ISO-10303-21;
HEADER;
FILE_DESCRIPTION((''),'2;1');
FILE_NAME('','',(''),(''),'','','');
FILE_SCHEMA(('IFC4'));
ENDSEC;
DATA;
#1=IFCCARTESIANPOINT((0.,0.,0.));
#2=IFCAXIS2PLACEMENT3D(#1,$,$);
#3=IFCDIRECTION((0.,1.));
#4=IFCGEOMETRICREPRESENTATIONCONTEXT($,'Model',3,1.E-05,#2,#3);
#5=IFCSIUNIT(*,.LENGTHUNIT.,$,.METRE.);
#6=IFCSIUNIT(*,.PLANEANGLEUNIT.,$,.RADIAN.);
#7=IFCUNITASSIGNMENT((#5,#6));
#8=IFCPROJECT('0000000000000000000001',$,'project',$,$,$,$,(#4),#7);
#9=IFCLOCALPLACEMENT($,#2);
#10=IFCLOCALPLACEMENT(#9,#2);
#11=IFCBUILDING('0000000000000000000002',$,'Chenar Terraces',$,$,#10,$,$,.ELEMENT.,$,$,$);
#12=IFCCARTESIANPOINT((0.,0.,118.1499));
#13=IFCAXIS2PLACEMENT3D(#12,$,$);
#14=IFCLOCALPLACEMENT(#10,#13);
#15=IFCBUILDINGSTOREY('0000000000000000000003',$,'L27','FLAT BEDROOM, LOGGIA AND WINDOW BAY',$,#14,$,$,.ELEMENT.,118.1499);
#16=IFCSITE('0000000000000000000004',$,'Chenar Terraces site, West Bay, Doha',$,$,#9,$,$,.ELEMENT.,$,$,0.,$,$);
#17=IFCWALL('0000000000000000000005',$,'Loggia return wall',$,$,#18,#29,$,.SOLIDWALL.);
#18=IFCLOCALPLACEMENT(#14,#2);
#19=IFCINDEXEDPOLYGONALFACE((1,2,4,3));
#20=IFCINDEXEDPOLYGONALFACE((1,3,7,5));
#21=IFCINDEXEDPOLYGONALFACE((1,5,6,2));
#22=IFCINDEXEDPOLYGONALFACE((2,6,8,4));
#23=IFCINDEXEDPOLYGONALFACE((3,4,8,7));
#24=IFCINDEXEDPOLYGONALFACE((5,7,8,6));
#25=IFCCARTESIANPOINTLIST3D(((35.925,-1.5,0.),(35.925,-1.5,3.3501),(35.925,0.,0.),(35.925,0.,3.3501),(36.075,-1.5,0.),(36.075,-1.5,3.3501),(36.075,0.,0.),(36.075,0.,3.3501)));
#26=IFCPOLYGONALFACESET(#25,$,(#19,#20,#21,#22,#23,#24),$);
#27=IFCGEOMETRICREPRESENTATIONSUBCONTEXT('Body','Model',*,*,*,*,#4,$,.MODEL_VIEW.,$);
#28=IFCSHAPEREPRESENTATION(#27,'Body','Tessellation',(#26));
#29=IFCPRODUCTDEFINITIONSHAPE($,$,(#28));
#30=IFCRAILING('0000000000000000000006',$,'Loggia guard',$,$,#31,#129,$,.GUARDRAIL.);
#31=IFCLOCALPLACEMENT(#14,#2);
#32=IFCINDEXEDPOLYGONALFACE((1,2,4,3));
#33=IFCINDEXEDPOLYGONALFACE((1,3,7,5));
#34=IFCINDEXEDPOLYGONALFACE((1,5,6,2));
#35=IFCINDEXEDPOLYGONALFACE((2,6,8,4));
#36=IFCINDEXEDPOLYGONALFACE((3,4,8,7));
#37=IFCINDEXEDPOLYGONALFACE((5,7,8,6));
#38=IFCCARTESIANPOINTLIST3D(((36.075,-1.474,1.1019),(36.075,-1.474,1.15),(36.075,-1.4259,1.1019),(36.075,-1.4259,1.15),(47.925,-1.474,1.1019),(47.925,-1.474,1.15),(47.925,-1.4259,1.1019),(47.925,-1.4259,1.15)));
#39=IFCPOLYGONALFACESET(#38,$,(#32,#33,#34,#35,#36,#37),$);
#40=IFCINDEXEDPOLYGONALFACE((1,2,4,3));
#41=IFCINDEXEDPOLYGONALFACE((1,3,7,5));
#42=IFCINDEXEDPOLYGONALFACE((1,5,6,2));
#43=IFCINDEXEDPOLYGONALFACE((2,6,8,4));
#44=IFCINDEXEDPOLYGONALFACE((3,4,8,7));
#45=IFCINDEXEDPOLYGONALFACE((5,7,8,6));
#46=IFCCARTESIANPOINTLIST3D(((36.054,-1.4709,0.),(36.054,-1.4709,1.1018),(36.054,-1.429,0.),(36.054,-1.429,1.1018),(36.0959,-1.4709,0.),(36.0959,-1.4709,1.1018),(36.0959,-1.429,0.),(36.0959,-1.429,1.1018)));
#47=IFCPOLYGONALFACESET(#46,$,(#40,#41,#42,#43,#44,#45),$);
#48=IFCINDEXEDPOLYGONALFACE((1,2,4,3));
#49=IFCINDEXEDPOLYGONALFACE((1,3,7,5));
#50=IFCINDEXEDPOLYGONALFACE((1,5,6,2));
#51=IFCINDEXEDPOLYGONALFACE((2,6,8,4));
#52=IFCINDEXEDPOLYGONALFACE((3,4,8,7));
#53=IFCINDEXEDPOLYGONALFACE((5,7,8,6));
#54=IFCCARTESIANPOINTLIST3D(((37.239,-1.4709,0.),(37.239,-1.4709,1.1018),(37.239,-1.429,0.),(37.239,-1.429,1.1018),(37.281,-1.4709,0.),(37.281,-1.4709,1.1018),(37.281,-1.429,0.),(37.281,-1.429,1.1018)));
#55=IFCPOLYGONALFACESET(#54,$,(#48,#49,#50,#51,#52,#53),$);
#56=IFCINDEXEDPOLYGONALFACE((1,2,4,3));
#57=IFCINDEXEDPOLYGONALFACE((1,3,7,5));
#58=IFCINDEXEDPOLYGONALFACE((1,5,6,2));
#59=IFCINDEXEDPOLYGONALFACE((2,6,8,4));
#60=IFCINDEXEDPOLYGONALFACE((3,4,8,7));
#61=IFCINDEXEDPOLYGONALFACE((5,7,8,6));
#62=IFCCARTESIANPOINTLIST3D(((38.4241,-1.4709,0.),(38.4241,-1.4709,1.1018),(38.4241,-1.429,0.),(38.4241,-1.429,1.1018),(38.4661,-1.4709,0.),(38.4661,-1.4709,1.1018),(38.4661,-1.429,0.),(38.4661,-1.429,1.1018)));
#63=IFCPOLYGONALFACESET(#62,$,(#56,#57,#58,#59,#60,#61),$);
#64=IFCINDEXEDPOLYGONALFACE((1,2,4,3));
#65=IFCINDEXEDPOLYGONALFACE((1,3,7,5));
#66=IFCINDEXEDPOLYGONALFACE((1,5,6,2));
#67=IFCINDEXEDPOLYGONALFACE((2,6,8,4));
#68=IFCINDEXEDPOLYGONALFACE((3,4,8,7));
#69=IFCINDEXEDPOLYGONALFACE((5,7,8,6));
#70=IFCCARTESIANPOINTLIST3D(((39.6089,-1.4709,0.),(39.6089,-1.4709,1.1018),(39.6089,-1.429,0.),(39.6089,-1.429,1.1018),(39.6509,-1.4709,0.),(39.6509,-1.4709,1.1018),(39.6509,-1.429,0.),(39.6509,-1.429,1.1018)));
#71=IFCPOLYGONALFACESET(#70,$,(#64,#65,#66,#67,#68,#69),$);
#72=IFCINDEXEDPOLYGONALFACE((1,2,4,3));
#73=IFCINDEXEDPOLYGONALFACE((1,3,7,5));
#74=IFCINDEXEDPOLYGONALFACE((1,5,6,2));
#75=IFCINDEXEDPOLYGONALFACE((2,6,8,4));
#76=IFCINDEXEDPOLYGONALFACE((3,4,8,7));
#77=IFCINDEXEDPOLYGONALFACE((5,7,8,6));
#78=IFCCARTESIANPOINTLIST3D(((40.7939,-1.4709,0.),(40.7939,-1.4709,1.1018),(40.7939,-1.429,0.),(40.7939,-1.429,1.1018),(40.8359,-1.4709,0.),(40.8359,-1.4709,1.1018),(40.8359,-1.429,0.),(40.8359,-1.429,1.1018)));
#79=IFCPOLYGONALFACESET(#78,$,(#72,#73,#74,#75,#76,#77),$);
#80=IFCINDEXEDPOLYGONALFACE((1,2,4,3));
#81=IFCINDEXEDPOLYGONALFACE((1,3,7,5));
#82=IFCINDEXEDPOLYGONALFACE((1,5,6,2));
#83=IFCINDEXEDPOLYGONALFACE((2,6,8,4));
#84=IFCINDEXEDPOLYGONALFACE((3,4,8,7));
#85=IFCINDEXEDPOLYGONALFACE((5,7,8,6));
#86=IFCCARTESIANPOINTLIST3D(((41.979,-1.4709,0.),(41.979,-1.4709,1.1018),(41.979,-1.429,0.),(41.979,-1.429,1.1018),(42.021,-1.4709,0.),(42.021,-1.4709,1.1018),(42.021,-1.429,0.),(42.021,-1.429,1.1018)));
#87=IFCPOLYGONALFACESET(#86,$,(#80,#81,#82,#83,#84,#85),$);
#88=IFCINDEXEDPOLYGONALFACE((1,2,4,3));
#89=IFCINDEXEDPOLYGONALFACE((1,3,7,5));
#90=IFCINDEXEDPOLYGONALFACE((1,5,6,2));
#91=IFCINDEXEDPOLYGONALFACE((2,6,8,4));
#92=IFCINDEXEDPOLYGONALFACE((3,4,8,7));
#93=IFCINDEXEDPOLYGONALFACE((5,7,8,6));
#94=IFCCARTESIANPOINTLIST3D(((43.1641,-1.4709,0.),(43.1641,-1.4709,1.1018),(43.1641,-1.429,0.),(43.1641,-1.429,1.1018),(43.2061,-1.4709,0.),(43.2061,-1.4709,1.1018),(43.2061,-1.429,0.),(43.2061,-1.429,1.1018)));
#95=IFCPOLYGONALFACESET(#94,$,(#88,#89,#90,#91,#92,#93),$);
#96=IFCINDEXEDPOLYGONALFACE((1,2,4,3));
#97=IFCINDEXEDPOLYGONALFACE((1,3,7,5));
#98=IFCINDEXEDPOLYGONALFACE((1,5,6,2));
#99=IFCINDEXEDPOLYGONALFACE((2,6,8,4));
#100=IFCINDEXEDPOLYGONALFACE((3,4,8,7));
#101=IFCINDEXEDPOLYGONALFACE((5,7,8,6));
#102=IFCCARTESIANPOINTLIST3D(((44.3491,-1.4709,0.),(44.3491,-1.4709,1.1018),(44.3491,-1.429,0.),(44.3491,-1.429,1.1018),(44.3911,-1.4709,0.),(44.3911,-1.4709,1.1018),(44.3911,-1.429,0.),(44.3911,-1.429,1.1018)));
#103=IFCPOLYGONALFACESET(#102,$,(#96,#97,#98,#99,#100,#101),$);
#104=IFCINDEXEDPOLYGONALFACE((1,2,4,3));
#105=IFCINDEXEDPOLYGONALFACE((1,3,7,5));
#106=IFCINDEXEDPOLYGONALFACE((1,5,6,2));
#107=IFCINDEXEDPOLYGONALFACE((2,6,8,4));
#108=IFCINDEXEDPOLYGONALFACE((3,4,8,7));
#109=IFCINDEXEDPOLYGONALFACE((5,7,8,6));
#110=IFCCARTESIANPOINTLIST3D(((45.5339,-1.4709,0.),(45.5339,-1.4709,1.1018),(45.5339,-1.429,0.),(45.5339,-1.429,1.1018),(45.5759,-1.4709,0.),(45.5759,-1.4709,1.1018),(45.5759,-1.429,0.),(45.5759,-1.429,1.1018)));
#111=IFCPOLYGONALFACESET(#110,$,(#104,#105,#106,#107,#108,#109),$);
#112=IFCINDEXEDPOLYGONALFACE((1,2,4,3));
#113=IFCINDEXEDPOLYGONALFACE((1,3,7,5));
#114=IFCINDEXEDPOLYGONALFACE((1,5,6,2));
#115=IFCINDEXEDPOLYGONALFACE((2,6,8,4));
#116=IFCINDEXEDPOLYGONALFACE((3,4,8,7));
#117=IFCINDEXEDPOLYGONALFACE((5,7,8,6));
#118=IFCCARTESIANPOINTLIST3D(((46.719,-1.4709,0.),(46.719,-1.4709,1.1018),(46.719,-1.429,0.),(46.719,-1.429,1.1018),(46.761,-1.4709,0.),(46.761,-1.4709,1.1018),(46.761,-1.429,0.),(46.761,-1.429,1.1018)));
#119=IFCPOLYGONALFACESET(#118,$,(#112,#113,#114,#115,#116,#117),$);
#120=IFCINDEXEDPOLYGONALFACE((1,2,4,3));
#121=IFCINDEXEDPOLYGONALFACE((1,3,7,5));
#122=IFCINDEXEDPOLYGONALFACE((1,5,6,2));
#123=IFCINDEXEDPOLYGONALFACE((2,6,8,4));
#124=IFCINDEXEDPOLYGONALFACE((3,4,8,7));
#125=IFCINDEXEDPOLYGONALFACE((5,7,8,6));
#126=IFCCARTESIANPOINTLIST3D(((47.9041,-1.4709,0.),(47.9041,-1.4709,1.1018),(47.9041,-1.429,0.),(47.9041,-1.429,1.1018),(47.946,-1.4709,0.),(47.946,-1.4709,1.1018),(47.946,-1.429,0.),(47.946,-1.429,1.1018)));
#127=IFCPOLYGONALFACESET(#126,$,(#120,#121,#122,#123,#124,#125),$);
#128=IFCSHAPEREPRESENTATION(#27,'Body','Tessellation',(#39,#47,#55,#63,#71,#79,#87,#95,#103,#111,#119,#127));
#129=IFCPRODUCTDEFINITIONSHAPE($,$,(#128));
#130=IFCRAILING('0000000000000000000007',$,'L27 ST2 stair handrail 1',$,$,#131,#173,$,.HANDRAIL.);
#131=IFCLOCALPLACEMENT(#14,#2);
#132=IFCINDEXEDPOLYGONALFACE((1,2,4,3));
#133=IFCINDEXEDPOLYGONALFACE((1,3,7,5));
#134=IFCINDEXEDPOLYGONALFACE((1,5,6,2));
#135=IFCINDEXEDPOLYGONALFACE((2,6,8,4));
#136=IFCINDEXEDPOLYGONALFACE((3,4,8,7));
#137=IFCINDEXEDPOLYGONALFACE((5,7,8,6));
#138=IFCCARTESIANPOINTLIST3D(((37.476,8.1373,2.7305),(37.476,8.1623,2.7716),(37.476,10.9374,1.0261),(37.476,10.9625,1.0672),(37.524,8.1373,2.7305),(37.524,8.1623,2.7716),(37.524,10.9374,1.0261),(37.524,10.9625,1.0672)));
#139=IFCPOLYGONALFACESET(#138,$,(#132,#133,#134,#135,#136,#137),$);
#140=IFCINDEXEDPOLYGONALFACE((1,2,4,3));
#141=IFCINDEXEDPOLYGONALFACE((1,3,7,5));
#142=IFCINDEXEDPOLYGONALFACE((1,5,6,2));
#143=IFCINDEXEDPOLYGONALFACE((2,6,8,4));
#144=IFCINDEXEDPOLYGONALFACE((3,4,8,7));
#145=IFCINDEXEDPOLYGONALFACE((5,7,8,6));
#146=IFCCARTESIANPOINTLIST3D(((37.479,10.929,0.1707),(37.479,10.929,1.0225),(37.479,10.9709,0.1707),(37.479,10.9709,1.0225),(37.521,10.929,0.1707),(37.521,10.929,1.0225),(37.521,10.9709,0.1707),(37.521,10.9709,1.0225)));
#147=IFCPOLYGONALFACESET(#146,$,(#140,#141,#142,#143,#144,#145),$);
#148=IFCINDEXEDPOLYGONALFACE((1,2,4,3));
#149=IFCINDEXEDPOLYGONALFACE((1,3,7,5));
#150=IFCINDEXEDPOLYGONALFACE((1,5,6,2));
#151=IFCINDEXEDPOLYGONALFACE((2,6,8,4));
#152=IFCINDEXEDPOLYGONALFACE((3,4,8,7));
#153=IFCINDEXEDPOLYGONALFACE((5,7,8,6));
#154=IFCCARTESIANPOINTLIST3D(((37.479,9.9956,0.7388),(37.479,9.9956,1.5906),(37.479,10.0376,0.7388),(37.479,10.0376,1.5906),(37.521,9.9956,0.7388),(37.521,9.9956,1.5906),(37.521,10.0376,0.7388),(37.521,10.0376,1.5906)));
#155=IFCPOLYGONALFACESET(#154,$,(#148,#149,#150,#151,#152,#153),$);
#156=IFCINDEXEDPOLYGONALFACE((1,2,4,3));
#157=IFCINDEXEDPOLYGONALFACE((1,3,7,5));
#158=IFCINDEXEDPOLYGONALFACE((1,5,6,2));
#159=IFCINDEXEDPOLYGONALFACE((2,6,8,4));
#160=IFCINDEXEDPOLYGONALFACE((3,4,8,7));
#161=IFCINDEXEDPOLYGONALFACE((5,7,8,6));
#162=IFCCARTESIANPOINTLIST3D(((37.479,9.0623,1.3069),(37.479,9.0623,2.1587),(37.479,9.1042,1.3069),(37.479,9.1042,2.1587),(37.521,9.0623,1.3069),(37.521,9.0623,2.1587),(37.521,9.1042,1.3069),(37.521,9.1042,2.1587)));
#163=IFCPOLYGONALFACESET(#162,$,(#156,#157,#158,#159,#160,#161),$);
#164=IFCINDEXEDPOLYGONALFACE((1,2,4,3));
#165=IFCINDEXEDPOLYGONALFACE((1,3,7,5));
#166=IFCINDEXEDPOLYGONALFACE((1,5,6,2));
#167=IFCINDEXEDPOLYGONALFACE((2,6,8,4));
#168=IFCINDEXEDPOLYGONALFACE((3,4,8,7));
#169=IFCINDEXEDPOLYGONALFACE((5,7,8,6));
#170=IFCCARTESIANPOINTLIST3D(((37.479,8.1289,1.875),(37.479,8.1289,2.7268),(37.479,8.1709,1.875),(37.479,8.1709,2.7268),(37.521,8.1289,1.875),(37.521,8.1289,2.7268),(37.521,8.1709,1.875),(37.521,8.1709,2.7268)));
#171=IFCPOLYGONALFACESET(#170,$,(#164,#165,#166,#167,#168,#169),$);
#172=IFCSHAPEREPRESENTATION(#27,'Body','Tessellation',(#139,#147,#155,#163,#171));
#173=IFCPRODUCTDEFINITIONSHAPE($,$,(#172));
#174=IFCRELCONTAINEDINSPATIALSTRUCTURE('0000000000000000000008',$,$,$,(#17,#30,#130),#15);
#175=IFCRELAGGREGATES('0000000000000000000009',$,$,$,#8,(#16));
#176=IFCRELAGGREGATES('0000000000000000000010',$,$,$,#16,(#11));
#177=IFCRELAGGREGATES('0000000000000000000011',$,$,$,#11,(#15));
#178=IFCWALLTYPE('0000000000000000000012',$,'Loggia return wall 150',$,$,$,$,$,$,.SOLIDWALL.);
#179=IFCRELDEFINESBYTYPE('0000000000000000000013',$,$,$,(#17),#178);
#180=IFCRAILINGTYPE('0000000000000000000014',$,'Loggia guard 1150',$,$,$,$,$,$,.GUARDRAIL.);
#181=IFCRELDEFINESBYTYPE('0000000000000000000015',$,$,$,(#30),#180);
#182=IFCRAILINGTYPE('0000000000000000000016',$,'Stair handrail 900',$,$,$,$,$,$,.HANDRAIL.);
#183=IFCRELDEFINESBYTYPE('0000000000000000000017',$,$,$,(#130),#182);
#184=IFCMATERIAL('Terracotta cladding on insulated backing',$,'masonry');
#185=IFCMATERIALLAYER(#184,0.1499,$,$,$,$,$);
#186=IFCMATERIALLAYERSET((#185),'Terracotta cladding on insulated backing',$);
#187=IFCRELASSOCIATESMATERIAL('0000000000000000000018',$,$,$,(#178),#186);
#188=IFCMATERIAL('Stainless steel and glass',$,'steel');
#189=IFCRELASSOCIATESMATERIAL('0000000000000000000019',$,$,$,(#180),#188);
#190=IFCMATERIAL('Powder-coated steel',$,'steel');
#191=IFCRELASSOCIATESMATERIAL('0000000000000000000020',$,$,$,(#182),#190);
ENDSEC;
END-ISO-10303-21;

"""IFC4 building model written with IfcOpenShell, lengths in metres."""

from ifc_helpers import new_model, si_unit, direction, frame, frame_2d, origin, origin_2d, place, context, subcontext, project, spatial, rectangle, extrude, material, layer, layer_set, type_object, element, save


model = new_model("IFC4")

# Units and contexts
model_context = context("Model", 3, precision=1e-05, world=origin(), true_north=direction((0.0, 1.0)))
body_context = subcontext(model_context, "Body", "Model", "MODEL_VIEW")
ifc_project = project(units=[si_unit("LENGTHUNIT", "METRE"), si_unit("PLANEANGLEUNIT", "RADIAN")], contexts=[model_context])

# Site, building, storey
site_placement = place(None, origin())
site = spatial("IfcSite", under=ifc_project, at=site_placement, Name="Chenar Terraces site, West Bay, Doha", CompositionType="ELEMENT", RefElevation=0.0)
building_placement = place(site_placement, origin())
building = spatial("IfcBuilding", under=site, at=building_placement, Name="Chenar Terraces", CompositionType="ELEMENT")
storey_placement = place(building_placement, frame((0.0, 0.0, 118.1499)))
storey = spatial("IfcBuildingStorey", under=building, at=storey_placement, Name="L27", Description="FLAT BEDROOM, LOGGIA AND WINDOW BAY", CompositionType="ELEMENT", Elevation=118.1499)

# Wall
ifc_material_1 = material(Name="Terracotta cladding on insulated backing", Category="masonry")
ifc_layer_1 = layer(ifc_material_1, 0.1499)
ifc_layer_set_1 = layer_set([ifc_layer_1], Name="Terracotta cladding on insulated backing")
wall_type_1 = type_object("IfcWallType", Name="Loggia return wall 150", PredefinedType="SOLIDWALL", material=ifc_layer_set_1)
wall_1_placement = place(storey_placement, frame((36.0, -1.5, 0.0), z_axis=(0.0, 0.0, 1.0), x_axis=(0.0, 1.0, 0.0)))
element("IfcWall", 1, at=wall_1_placement, inside=storey, type_object=wall_type_1, Name="Loggia return wall", PredefinedType="SOLIDWALL", context=body_context, shape_type="SweptSolid", body=[
    extrude(rectangle(XDim=1.5, YDim=0.1499, at=frame_2d((0.75, 0.0))), origin(), (0.0, 0.0, 1.0), 3.3501),
])

# Railings
ifc_material_2 = material(Name="Stainless steel and glass", Category="steel")
railing_type_1 = type_object("IfcRailingType", Name="Loggia guard 1150", PredefinedType="GUARDRAIL", material=ifc_material_2)
railing_1_placement = place(storey_placement, frame((36.075, -1.45, 0.0)))
element("IfcRailing", 2, at=railing_1_placement, inside=storey, type_object=railing_type_1, Name="Loggia guard", PredefinedType="GUARDRAIL", context=body_context, shape_type="SweptSolid", body=[
    extrude(rectangle(XDim=0.0481, YDim=0.0481, at=origin_2d()), frame((0.0, 0.0, 1.126), z_axis=(1.0, 0.0, 0.0), x_axis=(0.0, 1.0, 0.0)), (0.0, 0.0, 1.0), 11.8501),
    extrude(rectangle(XDim=0.042, YDim=0.042, at=origin_2d()), origin(), (0.0, 0.0, 1.0), 1.1018),
    extrude(rectangle(XDim=0.042, YDim=0.042, at=origin_2d()), frame((1.1851, 0.0, 0.0)), (0.0, 0.0, 1.0), 1.1018),
    extrude(rectangle(XDim=0.042, YDim=0.042, at=origin_2d()), frame((2.3701, 0.0, 0.0)), (0.0, 0.0, 1.0), 1.1018),
    extrude(rectangle(XDim=0.042, YDim=0.042, at=origin_2d()), frame((3.5549, 0.0, 0.0)), (0.0, 0.0, 1.0), 1.1018),
    extrude(rectangle(XDim=0.042, YDim=0.042, at=origin_2d()), frame((4.74, 0.0, 0.0)), (0.0, 0.0, 1.0), 1.1018),
    extrude(rectangle(XDim=0.042, YDim=0.042, at=origin_2d()), frame((5.925, 0.0, 0.0)), (0.0, 0.0, 1.0), 1.1018),
    extrude(rectangle(XDim=0.042, YDim=0.042, at=origin_2d()), frame((7.1101, 0.0, 0.0)), (0.0, 0.0, 1.0), 1.1018),
    extrude(rectangle(XDim=0.042, YDim=0.042, at=origin_2d()), frame((8.2952, 0.0, 0.0)), (0.0, 0.0, 1.0), 1.1018),
    extrude(rectangle(XDim=0.042, YDim=0.042, at=origin_2d()), frame((9.48, 0.0, 0.0)), (0.0, 0.0, 1.0), 1.1018),
    extrude(rectangle(XDim=0.042, YDim=0.042, at=origin_2d()), frame((10.665, 0.0, 0.0)), (0.0, 0.0, 1.0), 1.1018),
    extrude(rectangle(XDim=0.042, YDim=0.042, at=origin_2d()), frame((11.8501, 0.0, 0.0)), (0.0, 0.0, 1.0), 1.1018),
])
ifc_material_3 = material(Name="Powder-coated steel", Category="steel")
railing_type_2 = type_object("IfcRailingType", Name="Stair handrail 900", PredefinedType="HANDRAIL", material=ifc_material_3)
railing_2_placement = place(storey_placement, frame((37.5, 10.95, 0.1707)))
element("IfcRailing", 3, at=railing_2_placement, inside=storey, type_object=railing_type_2, Name="L27 ST2 stair handrail 1", PredefinedType="HANDRAIL", context=body_context, shape_type="SweptSolid", body=[
    extrude(rectangle(XDim=0.0481, YDim=0.0481, at=origin_2d()), frame((0.0, 0.0, 0.876), z_axis=(0.0, -0.854203, 0.51994), x_axis=(1.0, 0.0, 0.0)), (0.0, 0.0, 1.0), 3.2781),
    extrude(rectangle(XDim=0.042, YDim=0.042, at=origin_2d()), origin(), (0.0, 0.0, 1.0), 0.8518),
    extrude(rectangle(XDim=0.042, YDim=0.042, at=origin_2d()), frame((0.0, -0.9333, 0.5681)), (0.0, 0.0, 1.0), 0.8518),
    extrude(rectangle(XDim=0.042, YDim=0.042, at=origin_2d()), frame((0.0, -1.8667, 1.1362)), (0.0, 0.0, 1.0), 0.8518),
    extrude(rectangle(XDim=0.042, YDim=0.042, at=origin_2d()), frame((0.0, -2.8, 1.7043)), (0.0, 0.0, 1.0), 0.8518),
])

save(model, "model.ifc")
